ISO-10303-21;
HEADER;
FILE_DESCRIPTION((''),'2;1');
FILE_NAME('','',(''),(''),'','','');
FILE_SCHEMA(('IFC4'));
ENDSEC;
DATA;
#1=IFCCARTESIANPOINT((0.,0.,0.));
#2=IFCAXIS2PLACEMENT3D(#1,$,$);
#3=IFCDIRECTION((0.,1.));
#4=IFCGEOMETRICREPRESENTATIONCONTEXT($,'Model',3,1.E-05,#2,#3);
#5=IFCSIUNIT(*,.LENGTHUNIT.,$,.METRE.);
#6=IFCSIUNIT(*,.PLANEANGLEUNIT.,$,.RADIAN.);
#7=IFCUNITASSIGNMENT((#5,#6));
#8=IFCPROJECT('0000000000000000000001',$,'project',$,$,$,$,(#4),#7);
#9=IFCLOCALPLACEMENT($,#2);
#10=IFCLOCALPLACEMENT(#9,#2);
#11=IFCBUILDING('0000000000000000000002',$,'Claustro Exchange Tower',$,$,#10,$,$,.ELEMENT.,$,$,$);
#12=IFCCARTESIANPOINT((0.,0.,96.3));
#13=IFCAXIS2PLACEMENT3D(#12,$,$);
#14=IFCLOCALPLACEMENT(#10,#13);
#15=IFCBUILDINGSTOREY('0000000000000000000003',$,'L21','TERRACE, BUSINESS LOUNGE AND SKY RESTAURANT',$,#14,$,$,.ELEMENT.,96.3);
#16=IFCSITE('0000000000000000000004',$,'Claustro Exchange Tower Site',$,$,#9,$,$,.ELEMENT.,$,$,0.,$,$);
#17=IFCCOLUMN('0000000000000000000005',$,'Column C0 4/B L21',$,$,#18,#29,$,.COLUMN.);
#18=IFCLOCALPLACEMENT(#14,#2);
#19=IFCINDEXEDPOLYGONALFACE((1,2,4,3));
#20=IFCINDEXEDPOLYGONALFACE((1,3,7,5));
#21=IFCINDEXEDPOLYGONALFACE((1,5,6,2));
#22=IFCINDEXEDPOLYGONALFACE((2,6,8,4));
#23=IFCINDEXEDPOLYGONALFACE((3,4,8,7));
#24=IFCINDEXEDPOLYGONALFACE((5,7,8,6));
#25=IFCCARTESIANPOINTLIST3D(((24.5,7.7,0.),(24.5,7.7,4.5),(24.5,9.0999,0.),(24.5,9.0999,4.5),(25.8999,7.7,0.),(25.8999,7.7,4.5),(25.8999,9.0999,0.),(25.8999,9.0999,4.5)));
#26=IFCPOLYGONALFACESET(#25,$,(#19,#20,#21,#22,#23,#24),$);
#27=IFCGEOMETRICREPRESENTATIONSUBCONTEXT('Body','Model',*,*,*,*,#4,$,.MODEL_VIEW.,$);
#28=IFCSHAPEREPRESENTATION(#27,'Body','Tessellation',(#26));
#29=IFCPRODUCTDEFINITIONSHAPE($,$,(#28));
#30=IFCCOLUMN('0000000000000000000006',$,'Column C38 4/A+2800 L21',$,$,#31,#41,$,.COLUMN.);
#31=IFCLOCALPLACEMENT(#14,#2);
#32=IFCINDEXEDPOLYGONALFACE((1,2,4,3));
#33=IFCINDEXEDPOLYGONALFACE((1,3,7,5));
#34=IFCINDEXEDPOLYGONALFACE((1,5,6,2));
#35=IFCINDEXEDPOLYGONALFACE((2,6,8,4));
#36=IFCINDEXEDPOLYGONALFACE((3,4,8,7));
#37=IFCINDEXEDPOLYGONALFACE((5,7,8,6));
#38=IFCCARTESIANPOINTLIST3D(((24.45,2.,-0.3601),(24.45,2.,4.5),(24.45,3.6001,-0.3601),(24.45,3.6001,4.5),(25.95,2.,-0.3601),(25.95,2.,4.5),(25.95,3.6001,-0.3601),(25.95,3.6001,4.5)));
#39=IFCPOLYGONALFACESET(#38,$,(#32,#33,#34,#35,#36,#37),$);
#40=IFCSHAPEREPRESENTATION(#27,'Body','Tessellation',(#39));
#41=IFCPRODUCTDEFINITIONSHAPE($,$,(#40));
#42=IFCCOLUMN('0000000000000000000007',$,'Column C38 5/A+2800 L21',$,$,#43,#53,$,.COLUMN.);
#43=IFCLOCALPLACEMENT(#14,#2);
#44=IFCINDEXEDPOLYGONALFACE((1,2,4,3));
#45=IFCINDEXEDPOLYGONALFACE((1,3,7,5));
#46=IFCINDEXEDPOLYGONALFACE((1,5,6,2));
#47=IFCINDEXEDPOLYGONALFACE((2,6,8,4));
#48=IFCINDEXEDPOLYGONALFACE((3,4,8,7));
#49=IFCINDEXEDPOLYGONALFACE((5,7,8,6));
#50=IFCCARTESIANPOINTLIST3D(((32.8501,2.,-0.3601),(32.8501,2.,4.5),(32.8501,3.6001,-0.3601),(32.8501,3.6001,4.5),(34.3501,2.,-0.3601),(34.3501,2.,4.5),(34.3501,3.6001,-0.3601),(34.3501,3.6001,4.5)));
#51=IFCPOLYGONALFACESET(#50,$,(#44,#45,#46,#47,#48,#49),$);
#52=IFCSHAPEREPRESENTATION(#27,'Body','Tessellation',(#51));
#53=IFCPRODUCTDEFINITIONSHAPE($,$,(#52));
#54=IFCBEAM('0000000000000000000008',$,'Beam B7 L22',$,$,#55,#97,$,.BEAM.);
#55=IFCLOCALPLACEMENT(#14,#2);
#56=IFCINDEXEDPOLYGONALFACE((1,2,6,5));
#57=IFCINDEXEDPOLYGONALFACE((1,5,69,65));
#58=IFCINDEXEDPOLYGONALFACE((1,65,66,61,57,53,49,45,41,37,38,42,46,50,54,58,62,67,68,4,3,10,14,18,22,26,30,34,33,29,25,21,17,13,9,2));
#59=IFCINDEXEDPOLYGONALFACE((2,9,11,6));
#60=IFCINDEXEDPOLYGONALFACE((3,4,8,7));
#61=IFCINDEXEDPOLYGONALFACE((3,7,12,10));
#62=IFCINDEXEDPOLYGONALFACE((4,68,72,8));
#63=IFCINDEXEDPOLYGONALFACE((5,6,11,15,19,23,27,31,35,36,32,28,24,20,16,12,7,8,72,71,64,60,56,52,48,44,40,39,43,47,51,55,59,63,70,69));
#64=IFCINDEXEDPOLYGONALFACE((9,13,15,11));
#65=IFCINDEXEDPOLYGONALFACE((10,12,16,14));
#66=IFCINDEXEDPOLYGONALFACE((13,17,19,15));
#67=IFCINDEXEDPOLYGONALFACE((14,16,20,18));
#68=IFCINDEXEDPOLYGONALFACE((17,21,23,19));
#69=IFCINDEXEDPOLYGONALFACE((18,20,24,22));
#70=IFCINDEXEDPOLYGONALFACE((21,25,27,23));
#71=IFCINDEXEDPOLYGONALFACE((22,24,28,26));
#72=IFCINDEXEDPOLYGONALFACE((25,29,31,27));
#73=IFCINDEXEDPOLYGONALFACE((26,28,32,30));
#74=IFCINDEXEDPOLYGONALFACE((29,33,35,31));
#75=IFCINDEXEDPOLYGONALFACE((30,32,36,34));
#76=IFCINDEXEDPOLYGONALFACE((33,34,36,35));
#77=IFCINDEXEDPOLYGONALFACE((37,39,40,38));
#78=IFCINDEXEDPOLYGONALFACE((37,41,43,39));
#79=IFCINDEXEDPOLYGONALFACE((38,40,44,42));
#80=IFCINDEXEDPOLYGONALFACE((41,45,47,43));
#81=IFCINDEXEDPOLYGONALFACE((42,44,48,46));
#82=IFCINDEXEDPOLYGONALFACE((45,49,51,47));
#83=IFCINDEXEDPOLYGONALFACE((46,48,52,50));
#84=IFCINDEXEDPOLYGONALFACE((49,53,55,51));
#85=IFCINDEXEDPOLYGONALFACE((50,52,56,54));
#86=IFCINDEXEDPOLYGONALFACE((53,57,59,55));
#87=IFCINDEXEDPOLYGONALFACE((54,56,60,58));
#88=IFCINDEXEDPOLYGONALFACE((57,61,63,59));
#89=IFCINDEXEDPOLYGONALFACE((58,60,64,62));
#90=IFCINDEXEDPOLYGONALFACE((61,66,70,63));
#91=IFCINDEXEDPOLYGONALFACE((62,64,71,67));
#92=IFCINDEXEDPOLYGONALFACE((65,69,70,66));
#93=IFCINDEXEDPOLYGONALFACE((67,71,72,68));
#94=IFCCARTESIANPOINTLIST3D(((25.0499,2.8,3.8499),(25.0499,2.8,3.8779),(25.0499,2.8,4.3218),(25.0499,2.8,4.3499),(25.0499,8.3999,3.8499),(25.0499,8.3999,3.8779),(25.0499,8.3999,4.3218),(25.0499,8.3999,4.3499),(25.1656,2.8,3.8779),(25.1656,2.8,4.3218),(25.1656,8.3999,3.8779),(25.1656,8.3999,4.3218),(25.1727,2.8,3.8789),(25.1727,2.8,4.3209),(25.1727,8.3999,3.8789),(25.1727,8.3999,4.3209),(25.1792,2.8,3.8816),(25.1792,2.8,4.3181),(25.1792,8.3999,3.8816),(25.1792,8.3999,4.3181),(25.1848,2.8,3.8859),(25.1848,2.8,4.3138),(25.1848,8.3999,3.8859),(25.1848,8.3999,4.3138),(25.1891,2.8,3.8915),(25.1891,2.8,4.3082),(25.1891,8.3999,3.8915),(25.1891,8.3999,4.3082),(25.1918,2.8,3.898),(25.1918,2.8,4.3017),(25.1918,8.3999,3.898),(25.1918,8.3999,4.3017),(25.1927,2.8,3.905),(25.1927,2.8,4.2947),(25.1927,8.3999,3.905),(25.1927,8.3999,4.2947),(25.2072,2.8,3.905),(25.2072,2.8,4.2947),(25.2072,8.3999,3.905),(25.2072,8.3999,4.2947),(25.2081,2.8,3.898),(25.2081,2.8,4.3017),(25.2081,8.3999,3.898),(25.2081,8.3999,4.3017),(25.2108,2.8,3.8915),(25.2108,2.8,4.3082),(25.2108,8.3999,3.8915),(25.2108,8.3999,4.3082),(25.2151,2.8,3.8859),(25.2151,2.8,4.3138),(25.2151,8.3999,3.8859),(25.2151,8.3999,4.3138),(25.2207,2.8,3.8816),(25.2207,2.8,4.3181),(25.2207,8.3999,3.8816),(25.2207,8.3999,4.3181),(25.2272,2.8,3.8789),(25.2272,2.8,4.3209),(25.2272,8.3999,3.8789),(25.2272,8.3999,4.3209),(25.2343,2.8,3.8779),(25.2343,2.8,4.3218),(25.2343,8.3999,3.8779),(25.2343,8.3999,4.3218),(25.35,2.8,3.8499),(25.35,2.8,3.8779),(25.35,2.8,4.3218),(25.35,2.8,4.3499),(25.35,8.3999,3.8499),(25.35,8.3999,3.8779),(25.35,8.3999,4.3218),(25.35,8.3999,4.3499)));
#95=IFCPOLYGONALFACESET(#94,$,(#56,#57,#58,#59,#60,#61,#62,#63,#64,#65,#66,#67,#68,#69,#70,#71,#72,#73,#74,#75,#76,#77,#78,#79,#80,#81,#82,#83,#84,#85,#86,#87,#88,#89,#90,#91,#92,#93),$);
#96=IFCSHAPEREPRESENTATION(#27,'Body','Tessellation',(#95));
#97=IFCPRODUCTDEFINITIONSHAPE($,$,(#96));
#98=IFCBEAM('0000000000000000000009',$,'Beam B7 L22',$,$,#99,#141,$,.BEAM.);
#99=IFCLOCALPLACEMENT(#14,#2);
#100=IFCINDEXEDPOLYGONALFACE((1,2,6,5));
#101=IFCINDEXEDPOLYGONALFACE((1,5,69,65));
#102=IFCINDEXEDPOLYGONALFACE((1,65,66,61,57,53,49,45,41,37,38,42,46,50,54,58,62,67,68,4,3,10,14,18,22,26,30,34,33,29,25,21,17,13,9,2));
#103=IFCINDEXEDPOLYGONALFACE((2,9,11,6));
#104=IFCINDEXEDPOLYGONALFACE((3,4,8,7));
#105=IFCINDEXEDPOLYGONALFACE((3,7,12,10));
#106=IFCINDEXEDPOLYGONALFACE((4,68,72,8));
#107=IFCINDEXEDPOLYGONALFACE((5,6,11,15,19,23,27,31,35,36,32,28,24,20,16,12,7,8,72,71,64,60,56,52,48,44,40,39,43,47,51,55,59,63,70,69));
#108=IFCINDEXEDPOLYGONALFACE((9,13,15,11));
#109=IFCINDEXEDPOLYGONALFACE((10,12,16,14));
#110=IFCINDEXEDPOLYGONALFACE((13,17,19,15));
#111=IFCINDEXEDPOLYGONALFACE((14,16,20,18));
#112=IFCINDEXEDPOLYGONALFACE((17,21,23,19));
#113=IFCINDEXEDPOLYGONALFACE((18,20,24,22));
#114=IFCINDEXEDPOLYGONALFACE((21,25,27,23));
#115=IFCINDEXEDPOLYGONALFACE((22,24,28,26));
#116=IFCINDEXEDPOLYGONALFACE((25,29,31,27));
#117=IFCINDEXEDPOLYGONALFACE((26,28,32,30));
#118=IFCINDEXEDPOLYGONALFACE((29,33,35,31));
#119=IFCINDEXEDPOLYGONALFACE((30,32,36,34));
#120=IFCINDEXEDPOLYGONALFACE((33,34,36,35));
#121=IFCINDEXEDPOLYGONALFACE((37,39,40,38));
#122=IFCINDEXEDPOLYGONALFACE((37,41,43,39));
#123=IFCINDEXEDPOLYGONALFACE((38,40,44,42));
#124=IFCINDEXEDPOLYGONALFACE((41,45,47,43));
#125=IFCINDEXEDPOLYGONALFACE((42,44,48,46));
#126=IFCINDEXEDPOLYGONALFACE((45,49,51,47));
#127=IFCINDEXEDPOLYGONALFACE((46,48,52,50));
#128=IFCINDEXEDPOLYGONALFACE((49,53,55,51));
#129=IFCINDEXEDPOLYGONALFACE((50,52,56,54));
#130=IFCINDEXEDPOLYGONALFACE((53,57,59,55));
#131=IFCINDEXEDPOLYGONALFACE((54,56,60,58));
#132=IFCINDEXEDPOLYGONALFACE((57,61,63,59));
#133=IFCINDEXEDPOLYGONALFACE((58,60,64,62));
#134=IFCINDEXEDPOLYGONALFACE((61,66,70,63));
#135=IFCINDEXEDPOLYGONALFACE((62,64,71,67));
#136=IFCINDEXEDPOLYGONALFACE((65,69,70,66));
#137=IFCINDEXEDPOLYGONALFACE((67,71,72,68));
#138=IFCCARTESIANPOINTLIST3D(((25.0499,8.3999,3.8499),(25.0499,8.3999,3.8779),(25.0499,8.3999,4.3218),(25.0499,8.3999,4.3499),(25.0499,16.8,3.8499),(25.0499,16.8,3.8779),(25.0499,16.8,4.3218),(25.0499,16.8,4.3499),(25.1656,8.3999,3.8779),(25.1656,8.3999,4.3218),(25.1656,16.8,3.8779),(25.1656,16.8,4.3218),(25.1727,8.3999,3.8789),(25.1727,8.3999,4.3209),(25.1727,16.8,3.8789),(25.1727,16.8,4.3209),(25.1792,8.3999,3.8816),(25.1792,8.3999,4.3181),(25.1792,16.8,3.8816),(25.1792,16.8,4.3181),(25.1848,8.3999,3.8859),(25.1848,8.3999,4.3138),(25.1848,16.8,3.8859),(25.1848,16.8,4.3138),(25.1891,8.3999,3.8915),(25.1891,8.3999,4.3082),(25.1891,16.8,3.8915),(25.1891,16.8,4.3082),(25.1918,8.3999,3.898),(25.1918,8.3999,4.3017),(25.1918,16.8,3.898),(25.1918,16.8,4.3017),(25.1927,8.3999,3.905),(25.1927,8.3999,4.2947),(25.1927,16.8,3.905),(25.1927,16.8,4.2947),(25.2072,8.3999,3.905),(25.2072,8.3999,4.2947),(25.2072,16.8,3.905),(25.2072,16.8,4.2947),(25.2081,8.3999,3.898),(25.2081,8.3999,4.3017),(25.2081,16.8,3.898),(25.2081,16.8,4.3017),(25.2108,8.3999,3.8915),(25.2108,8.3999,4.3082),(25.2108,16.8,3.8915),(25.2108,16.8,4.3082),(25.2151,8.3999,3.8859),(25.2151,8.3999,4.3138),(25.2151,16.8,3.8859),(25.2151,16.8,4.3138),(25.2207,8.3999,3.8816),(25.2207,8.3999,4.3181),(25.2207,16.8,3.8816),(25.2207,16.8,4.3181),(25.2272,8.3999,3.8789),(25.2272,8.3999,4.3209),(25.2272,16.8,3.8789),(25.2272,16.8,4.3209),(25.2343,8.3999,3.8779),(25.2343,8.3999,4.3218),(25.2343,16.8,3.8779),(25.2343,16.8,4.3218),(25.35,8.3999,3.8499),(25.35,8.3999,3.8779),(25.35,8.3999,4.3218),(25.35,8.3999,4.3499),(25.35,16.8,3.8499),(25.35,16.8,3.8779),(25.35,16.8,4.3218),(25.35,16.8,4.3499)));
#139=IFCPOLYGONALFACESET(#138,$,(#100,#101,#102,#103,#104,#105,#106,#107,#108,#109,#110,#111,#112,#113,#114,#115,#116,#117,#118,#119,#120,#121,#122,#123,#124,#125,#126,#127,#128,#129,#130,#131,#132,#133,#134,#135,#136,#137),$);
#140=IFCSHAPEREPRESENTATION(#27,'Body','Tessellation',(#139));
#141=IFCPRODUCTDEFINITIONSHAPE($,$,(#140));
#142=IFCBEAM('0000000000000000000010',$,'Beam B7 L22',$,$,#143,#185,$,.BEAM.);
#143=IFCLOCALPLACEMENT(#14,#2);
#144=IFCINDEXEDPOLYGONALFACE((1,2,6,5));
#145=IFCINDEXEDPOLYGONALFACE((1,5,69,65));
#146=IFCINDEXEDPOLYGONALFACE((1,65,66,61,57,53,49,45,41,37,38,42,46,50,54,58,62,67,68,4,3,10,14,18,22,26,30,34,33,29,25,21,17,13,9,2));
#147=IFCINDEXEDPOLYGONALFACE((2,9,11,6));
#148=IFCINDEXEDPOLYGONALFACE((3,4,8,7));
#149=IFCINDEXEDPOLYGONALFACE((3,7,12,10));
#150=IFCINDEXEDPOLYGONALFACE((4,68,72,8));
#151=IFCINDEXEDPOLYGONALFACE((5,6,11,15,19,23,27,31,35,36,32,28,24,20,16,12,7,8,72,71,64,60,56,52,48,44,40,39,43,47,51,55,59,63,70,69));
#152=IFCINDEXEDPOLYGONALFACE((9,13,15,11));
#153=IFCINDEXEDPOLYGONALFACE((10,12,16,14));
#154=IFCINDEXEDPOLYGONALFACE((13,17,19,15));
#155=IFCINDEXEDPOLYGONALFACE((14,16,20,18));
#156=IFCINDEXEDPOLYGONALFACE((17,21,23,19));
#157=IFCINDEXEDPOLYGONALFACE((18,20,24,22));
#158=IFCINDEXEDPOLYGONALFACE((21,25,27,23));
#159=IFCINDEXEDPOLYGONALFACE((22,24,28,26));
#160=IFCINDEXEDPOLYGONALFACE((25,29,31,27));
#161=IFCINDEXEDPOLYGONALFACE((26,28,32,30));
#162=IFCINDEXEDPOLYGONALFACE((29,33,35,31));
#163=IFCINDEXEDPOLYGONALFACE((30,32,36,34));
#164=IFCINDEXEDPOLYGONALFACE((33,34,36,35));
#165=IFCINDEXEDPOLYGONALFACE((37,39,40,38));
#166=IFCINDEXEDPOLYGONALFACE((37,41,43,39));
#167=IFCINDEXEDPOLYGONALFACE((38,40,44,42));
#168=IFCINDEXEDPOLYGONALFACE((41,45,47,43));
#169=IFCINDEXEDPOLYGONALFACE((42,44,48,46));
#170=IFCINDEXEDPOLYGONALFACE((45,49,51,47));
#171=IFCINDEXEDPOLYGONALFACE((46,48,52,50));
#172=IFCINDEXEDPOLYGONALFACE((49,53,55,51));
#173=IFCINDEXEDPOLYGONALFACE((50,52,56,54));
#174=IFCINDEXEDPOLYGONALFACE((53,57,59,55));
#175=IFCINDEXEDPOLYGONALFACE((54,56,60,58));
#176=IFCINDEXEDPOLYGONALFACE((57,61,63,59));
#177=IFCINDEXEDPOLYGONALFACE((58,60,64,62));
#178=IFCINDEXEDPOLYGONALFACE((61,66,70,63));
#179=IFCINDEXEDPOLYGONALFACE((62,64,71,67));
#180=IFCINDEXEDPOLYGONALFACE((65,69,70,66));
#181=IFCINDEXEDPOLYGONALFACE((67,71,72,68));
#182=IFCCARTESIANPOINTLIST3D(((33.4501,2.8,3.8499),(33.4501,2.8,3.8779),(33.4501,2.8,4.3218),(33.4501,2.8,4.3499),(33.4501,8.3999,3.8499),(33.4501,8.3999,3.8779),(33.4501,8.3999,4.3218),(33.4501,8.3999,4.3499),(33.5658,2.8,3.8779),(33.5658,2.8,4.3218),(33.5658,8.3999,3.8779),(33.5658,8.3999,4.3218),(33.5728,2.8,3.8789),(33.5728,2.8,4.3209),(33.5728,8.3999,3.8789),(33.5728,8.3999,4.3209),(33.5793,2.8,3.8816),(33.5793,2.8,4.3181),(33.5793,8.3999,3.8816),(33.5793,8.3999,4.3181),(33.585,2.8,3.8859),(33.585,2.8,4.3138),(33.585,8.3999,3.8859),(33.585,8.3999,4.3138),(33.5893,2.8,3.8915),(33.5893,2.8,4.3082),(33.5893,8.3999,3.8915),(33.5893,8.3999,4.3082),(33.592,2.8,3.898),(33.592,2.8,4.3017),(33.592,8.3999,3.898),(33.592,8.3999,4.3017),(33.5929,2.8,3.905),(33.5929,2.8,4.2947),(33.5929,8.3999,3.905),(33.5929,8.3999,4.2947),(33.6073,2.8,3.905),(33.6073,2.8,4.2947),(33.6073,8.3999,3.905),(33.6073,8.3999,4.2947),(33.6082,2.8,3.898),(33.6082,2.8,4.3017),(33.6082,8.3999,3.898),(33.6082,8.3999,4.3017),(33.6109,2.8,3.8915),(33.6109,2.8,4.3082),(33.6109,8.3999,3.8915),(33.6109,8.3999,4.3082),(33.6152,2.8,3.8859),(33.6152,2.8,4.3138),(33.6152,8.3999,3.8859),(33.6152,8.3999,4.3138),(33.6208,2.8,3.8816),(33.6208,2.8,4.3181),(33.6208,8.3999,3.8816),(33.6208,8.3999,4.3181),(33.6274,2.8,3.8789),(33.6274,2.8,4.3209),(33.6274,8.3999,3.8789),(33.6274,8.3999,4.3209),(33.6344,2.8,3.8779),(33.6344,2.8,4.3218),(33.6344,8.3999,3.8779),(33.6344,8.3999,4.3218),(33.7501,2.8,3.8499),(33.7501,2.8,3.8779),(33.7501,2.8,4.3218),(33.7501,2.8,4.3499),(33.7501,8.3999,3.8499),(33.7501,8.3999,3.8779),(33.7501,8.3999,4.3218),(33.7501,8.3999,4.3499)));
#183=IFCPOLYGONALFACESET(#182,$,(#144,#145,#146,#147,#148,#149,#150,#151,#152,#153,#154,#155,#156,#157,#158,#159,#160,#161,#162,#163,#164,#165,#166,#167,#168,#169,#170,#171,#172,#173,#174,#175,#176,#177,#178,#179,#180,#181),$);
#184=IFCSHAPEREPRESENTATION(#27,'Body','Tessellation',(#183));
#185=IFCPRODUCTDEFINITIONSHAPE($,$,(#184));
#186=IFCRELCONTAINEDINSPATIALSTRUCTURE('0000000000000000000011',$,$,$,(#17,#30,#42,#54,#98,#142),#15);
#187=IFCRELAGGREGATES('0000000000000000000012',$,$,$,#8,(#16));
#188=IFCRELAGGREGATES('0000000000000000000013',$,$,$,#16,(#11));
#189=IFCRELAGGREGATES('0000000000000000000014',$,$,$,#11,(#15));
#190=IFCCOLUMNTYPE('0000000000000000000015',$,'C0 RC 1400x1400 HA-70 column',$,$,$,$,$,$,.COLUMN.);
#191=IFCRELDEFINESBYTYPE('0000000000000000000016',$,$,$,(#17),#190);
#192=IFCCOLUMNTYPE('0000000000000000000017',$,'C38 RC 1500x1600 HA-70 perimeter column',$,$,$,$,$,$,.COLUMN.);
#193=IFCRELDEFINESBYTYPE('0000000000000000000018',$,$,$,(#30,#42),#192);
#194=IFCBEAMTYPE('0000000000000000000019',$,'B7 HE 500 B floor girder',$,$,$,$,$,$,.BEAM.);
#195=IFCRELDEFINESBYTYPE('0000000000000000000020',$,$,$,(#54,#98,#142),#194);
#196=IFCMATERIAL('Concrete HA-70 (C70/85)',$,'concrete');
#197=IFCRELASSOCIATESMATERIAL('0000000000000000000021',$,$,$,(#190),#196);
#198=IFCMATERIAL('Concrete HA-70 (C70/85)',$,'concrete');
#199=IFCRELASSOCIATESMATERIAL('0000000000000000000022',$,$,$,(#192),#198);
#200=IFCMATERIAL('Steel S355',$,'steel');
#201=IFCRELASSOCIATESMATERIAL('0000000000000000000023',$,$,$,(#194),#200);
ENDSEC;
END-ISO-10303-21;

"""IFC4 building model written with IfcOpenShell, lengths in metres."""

from ifc_helpers import new_model, si_unit, direction, frame, origin, origin_2d, place, context, subcontext, project, spatial, rectangle, i_section, extrude, material, material_profile, profile_set, type_object, element, save


model = new_model("IFC4")

# Units and contexts
model_context = context("Model", 3, precision=1e-05, world=origin(), true_north=direction((0.0, 1.0)))
body_context = subcontext(model_context, "Body", "Model", "MODEL_VIEW")
ifc_project = project(units=[si_unit("LENGTHUNIT", "METRE"), si_unit("PLANEANGLEUNIT", "RADIAN")], contexts=[model_context])

# Site, building, storey
site_placement = place(None, origin())
site = spatial("IfcSite", under=ifc_project, at=site_placement, Name="Claustro Exchange Tower Site", CompositionType="ELEMENT", RefElevation=0.0)
building_placement = place(site_placement, origin())
building = spatial("IfcBuilding", under=site, at=building_placement, Name="Claustro Exchange Tower", CompositionType="ELEMENT")
storey_placement = place(building_placement, frame((0.0, 0.0, 96.3)))
storey = spatial("IfcBuildingStorey", under=building, at=storey_placement, Name="L21", Description="TERRACE, BUSINESS LOUNGE AND SKY RESTAURANT", CompositionType="ELEMENT", Elevation=96.3)

# Columns
ifc_material_1 = material(Name="Concrete HA-70 (C70/85)", Category="concrete")
ifc_material_profile_1 = material_profile(ifc_material_1, rectangle(XDim=1.3999, YDim=1.3999, at=origin_2d()), Name="RC 1400x1400")
ifc_profile_set_1 = profile_set([ifc_material_profile_1], Name="Concrete HA-70 (C70/85)")
column_type_1 = type_object("IfcColumnType", Name="C0 RC 1400x1400 HA-70 column", PredefinedType="COLUMN", material=ifc_profile_set_1)
column_placement = place(storey_placement, frame((25.2, 8.3999, 0.0), z_axis=(0.0, 0.0, 1.0), x_axis=(1.0, 0.0, 0.0)))
element("IfcColumn", 1, at=column_placement, inside=storey, type_object=column_type_1, Name="Column C0 4/B L21", PredefinedType="COLUMN", context=body_context, shape_type="SweptSolid", body=[
    extrude(rectangle(XDim=1.3999, YDim=1.3999, at=origin_2d()), origin(), (0.0, 0.0, 1.0), 4.5),
])
ifc_material_2 = material(Name="Concrete HA-70 (C70/85)", Category="concrete")
ifc_material_profile_2 = material_profile(ifc_material_2, rectangle(XDim=1.5, YDim=1.6001, at=origin_2d()), Name="RC 1500x1600")
ifc_profile_set_2 = profile_set([ifc_material_profile_2], Name="Concrete HA-70 (C70/85)")
column_type_2 = type_object("IfcColumnType", Name="C38 RC 1500x1600 HA-70 perimeter column", PredefinedType="COLUMN", material=ifc_profile_set_2)
for number, where, z_axis, x_axis, name in (
    (2, (25.2, 2.8, -0.3601), (0.0, 0.0, 1.0), (1.0, 0.0, 0.0), "Column C38 4/A+2800 L21"),
    (3, (33.6001, 2.8, -0.3601), (0.0, 0.0, 1.0), (1.0, 0.0, 0.0), "Column C38 5/A+2800 L21"),
):
    element("IfcColumn", number, at=place(storey_placement, frame(where, z_axis=z_axis, x_axis=x_axis)), inside=storey, type_object=column_type_2, Name=name, PredefinedType="COLUMN", context=body_context, shape_type="SweptSolid", body=[
        extrude(rectangle(XDim=1.5, YDim=1.6001, at=origin_2d()), origin(), (0.0, 0.0, 1.0), 4.8601),
    ])

# Beams
ifc_material_3 = material(Name="Steel S355", Category="steel")
ifc_material_profile_3 = material_profile(ifc_material_3, i_section(OverallWidth=0.3, OverallDepth=0.5, WebThickness=0.0144, FlangeThickness=0.0281, FilletRadius=0.0271, at=origin_2d()), Name="HE 500 B")
ifc_profile_set_3 = profile_set([ifc_material_profile_3], Name="Steel S355")
beam_type_1 = type_object("IfcBeamType", Name="B7 HE 500 B floor girder", PredefinedType="BEAM", material=ifc_profile_set_3)
beam_1_placement = place(storey_placement, frame((25.2, 2.8, 4.0999), z_axis=(0.0, 1.0, 0.0), x_axis=(-1.0, 0.0, 0.0)))
element("IfcBeam", 4, at=beam_1_placement, inside=storey, type_object=beam_type_1, Name="Beam B7 L22", PredefinedType="BEAM", context=body_context, shape_type="SweptSolid", body=[
    extrude(i_section(OverallWidth=0.3, OverallDepth=0.5, WebThickness=0.0144, FlangeThickness=0.0281, FilletRadius=0.0271, at=origin_2d()), origin(), (0.0, 0.0, 1.0), 5.5999),
])
beam_2_placement = place(storey_placement, frame((25.2, 8.3999, 4.0999), z_axis=(0.0, 1.0, 0.0), x_axis=(-1.0, 0.0, 0.0)))
element("IfcBeam", 5, at=beam_2_placement, inside=storey, type_object=beam_type_1, Name="Beam B7 L22", PredefinedType="BEAM", context=body_context, shape_type="SweptSolid", body=[
    extrude(i_section(OverallWidth=0.3, OverallDepth=0.5, WebThickness=0.0144, FlangeThickness=0.0281, FilletRadius=0.0271, at=origin_2d()), origin(), (0.0, 0.0, 1.0), 8.4001),
])
beam_3_placement = place(storey_placement, frame((33.6001, 2.8, 4.0999), z_axis=(0.0, 1.0, 0.0), x_axis=(-1.0, 0.0, 0.0)))
element("IfcBeam", 6, at=beam_3_placement, inside=storey, type_object=beam_type_1, Name="Beam B7 L22", PredefinedType="BEAM", context=body_context, shape_type="SweptSolid", body=[
    extrude(i_section(OverallWidth=0.3, OverallDepth=0.5, WebThickness=0.0144, FlangeThickness=0.0281, FilletRadius=0.0271, at=origin_2d()), origin(), (0.0, 0.0, 1.0), 5.5999),
])

save(model, "model.ifc")
